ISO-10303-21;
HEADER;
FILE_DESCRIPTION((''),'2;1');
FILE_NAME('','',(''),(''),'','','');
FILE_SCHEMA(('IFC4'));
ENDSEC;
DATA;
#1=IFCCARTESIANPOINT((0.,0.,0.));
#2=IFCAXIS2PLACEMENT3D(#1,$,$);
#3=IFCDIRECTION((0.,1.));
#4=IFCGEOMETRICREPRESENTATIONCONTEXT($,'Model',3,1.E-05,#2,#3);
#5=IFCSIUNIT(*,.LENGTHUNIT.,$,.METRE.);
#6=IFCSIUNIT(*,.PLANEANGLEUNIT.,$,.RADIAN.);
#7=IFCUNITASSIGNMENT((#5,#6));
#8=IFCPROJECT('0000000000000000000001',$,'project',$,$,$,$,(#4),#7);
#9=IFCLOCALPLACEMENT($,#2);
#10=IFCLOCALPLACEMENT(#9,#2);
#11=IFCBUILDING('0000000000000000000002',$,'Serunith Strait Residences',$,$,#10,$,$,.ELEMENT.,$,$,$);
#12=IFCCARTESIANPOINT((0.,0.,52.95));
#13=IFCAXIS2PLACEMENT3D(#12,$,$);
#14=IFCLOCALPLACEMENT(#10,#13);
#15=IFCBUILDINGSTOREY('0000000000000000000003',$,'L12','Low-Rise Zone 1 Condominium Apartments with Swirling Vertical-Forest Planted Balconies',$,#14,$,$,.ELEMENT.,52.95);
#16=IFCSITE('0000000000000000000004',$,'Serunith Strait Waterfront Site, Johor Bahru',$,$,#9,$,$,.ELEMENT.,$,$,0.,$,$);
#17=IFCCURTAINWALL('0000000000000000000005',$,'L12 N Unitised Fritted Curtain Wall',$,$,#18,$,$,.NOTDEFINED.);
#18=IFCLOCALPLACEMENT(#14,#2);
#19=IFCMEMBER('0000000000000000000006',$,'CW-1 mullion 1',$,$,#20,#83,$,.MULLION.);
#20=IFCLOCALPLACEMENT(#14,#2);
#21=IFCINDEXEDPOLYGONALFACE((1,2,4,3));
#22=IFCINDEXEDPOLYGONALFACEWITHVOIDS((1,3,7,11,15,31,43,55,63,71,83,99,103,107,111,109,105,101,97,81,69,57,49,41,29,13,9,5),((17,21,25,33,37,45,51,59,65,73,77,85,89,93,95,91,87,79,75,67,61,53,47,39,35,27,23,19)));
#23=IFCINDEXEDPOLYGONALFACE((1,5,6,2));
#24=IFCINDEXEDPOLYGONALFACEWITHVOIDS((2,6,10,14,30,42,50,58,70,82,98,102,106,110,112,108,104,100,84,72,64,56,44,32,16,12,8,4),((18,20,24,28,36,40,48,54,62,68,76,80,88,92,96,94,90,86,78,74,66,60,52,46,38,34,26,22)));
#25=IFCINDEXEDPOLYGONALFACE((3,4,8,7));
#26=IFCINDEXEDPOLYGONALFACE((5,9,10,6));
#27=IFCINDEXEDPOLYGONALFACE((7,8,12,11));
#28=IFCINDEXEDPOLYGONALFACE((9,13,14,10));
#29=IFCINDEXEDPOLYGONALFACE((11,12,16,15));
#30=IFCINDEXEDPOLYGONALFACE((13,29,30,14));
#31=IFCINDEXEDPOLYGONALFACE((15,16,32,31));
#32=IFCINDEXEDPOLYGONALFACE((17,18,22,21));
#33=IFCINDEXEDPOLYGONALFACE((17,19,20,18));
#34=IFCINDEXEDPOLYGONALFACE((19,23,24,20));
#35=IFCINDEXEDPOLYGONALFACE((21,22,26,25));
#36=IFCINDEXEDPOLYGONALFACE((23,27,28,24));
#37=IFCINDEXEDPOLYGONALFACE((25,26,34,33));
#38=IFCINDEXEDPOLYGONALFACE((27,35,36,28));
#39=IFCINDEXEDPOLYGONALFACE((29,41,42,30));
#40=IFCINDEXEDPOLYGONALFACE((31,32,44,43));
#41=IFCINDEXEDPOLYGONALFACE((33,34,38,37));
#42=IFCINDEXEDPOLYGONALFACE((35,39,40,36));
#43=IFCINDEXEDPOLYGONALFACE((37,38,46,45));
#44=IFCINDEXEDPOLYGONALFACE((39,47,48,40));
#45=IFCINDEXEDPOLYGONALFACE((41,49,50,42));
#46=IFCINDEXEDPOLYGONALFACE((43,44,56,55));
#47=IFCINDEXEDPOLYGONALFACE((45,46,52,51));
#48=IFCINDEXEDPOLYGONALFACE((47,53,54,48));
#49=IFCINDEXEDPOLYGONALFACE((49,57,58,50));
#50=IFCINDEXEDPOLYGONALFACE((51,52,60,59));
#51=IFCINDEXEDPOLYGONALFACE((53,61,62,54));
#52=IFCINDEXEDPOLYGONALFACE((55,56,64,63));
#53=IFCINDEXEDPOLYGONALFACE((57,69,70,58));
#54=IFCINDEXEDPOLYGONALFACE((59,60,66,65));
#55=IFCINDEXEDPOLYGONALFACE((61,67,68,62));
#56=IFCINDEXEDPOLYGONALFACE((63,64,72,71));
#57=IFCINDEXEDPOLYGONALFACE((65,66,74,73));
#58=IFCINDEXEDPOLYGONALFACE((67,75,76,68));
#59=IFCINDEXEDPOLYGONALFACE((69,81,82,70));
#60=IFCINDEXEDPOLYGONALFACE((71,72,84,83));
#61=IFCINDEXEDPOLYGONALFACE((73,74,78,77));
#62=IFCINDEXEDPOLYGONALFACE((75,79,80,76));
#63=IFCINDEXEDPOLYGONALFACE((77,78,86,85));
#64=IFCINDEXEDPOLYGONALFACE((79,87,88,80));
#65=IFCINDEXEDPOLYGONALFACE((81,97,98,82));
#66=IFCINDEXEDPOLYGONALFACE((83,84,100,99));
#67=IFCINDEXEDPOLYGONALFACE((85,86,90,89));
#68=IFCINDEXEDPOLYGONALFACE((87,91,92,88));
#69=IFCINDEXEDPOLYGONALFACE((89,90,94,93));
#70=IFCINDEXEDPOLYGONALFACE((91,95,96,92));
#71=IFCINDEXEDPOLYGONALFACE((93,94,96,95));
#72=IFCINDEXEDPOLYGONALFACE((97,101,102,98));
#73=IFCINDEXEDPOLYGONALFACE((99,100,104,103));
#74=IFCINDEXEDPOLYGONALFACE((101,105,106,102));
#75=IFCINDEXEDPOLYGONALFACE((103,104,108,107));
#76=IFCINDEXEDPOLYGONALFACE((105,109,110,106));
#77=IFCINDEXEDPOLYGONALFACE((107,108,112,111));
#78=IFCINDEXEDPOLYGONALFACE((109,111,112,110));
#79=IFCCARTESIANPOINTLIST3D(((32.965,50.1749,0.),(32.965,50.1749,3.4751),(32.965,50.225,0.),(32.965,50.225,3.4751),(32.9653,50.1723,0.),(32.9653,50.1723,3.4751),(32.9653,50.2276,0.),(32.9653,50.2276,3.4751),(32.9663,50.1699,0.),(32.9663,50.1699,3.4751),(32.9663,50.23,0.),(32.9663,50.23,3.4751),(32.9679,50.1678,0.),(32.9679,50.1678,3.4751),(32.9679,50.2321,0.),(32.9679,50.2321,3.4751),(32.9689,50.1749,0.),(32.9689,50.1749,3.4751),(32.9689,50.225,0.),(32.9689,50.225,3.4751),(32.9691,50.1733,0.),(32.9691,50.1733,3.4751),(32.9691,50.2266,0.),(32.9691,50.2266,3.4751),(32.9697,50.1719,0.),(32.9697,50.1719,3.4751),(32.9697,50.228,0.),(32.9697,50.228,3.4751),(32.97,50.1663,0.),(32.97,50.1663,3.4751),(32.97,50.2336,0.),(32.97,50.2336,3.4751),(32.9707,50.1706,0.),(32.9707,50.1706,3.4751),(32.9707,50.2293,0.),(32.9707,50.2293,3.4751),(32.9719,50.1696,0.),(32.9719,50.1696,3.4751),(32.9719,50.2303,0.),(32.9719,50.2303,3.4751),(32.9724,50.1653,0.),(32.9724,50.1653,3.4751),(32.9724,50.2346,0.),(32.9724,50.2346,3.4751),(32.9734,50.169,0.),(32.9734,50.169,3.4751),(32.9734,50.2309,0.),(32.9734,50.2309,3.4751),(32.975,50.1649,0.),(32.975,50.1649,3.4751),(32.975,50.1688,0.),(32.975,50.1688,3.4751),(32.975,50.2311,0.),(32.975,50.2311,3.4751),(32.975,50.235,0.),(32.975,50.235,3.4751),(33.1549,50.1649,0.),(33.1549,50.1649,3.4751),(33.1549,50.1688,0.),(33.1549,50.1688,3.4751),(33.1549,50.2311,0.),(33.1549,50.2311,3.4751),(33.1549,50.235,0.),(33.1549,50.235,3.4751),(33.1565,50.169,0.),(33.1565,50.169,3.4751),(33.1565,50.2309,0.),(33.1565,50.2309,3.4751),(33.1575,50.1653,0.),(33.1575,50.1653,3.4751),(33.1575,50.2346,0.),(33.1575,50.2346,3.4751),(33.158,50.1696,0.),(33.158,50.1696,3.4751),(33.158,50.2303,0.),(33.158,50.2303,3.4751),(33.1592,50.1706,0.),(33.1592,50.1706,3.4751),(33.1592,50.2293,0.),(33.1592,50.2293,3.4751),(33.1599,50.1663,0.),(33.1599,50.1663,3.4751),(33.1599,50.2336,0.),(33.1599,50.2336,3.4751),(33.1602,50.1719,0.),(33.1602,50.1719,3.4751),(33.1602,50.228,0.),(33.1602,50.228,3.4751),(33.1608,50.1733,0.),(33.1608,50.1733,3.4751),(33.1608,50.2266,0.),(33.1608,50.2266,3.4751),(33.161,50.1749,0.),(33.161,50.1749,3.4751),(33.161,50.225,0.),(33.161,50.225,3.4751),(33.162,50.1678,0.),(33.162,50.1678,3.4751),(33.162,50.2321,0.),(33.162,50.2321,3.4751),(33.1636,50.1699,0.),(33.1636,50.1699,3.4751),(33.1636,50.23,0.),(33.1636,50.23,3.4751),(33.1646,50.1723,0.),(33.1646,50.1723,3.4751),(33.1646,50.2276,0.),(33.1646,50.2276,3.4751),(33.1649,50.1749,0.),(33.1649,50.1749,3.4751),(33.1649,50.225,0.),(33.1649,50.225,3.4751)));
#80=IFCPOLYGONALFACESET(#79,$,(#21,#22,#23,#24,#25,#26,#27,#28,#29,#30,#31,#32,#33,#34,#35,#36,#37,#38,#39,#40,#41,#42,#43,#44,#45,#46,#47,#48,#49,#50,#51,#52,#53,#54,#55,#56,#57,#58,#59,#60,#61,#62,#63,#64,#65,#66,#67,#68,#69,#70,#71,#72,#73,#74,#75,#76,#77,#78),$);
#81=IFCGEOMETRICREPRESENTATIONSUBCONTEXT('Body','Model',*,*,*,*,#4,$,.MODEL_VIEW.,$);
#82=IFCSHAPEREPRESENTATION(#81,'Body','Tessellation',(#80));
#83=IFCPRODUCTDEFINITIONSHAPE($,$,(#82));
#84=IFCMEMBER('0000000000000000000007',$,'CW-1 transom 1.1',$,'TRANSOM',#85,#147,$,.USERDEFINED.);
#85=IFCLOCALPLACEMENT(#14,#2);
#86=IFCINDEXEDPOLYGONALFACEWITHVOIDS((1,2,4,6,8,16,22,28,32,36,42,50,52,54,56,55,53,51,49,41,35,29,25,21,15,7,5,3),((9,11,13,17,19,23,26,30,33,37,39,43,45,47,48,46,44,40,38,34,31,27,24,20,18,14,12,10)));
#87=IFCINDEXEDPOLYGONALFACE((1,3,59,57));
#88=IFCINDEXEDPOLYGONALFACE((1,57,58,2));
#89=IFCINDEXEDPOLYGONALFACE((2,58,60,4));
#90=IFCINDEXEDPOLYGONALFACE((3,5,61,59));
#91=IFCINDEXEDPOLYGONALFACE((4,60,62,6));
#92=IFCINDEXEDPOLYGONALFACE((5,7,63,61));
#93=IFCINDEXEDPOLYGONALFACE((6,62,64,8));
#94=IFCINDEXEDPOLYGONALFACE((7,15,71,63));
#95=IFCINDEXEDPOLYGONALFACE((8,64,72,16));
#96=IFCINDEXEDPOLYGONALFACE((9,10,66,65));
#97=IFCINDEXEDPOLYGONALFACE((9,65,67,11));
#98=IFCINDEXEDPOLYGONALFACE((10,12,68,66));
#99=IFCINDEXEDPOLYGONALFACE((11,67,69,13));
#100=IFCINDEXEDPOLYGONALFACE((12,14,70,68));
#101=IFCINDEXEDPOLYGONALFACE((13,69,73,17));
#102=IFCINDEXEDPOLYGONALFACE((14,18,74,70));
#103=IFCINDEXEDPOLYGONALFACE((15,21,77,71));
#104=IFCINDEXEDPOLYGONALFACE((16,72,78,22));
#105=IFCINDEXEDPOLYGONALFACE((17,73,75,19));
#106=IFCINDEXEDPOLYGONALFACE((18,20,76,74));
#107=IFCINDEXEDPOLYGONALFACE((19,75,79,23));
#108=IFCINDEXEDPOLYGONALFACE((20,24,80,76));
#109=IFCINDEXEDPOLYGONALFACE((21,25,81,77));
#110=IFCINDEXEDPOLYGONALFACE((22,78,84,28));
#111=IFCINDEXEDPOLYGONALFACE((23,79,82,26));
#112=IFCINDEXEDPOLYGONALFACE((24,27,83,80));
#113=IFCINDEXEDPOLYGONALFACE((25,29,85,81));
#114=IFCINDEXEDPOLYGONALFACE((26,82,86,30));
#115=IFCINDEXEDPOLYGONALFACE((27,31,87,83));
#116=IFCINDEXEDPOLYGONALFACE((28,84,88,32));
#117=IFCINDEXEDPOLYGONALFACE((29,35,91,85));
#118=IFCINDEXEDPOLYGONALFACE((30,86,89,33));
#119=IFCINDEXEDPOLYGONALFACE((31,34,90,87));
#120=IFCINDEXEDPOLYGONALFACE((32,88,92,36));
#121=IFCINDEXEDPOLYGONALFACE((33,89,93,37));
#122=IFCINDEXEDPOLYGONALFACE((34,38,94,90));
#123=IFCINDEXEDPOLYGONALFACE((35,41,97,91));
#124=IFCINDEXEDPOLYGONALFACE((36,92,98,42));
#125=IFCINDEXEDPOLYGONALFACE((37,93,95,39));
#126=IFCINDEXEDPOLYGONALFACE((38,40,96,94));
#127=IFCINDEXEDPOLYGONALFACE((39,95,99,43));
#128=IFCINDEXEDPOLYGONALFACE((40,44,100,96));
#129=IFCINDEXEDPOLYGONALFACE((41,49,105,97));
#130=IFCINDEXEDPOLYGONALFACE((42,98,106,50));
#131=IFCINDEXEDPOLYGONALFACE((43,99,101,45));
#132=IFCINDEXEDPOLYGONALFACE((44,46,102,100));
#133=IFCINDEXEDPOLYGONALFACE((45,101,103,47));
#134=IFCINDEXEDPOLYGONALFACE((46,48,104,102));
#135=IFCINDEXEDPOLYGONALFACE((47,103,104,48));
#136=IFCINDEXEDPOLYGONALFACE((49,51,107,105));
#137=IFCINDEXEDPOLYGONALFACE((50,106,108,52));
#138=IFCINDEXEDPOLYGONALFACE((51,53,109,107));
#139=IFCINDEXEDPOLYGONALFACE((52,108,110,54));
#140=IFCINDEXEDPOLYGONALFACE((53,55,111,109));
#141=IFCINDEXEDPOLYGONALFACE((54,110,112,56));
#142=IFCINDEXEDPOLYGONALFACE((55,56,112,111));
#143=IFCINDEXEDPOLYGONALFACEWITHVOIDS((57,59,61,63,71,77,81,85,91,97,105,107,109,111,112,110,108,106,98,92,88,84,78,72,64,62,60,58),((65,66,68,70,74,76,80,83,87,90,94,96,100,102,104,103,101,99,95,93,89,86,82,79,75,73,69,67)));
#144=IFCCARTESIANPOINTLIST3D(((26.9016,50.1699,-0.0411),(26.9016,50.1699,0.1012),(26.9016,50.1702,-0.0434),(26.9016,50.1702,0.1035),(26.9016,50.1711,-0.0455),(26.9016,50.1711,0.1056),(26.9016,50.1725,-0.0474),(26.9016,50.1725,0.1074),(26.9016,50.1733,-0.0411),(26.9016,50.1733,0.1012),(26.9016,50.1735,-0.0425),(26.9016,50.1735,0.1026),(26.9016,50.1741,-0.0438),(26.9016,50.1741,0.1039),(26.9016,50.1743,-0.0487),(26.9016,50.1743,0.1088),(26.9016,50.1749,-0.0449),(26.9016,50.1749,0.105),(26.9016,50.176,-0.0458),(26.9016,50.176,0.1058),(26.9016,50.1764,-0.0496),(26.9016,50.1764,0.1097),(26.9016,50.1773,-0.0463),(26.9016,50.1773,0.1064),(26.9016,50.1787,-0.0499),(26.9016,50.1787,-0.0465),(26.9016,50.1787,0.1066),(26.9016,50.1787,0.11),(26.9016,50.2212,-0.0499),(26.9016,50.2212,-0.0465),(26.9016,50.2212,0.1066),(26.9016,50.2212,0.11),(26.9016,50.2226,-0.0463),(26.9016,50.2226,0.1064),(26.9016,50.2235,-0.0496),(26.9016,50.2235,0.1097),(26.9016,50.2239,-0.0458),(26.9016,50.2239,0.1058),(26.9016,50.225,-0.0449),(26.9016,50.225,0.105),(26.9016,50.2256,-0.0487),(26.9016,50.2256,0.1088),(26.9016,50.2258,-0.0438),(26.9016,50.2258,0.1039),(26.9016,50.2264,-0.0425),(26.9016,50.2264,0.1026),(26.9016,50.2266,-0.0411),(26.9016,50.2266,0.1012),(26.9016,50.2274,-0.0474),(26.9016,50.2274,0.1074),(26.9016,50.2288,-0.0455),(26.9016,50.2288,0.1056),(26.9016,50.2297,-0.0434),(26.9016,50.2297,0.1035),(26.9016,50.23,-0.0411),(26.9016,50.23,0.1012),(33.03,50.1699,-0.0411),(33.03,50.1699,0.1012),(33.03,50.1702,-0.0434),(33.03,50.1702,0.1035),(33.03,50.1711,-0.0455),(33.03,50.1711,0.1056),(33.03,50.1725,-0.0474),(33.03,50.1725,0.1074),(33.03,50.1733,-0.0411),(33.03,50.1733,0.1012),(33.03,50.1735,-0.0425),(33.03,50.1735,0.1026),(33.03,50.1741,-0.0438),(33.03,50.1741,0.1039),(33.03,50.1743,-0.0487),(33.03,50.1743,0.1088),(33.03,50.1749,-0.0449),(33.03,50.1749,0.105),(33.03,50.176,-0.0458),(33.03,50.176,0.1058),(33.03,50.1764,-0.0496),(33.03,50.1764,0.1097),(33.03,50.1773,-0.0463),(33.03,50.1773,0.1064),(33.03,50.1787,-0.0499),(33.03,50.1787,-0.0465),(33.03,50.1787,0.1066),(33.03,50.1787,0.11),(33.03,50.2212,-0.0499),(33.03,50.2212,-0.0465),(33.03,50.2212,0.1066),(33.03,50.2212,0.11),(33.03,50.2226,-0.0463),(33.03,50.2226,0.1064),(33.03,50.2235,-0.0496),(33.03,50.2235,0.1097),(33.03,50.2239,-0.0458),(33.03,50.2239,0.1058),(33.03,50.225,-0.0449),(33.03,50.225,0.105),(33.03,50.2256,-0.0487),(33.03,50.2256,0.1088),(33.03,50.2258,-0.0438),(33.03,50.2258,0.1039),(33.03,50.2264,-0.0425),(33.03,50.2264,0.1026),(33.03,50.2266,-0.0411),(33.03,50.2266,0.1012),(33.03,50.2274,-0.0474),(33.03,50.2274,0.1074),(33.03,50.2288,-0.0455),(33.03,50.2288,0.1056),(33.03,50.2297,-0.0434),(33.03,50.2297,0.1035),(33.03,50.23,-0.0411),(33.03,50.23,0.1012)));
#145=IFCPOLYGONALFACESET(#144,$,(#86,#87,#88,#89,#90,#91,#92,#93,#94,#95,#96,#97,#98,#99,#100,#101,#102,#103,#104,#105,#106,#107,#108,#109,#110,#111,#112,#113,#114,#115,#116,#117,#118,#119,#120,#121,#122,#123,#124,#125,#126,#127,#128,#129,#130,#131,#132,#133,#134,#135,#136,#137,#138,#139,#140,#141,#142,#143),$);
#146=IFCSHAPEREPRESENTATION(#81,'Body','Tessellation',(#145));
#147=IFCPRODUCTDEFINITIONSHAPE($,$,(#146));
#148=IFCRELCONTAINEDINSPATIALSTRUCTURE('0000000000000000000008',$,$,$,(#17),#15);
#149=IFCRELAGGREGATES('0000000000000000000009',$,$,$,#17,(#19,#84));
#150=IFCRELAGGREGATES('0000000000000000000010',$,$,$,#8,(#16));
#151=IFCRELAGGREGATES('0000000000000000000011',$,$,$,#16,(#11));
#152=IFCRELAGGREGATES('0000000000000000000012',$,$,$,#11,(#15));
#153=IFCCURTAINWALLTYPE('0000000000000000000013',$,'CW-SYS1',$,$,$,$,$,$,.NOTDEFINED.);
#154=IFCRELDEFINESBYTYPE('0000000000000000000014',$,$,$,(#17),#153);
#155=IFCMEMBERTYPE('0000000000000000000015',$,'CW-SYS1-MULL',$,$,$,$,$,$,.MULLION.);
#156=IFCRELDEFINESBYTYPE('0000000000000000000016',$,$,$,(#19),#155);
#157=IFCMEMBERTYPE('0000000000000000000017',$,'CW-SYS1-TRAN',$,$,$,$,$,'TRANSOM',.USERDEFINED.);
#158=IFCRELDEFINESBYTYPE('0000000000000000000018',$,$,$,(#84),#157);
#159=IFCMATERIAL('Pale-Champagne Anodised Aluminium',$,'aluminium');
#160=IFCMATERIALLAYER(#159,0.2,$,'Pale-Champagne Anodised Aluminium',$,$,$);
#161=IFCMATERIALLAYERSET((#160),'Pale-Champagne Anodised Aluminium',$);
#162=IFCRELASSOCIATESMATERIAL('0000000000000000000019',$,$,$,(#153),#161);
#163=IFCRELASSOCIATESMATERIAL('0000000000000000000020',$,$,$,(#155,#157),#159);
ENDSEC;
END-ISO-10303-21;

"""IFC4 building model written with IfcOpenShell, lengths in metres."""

from ifc_helpers import new_model, si_unit, direction, frame, origin, origin_2d, place, context, subcontext, project, spatial, hollow_rectangle, extrude, source, transform, mapped, material, layer, layer_set, material_profile, profile_set, type_object, element, aggregate, save


model = new_model("IFC4")

# Units and contexts
model_context = context("Model", 3, precision=1e-05, world=origin(), true_north=direction((0.0, 1.0)))
body_context = subcontext(model_context, "Body", "Model", "MODEL_VIEW")
ifc_project = project(units=[si_unit("LENGTHUNIT", "METRE"), si_unit("PLANEANGLEUNIT", "RADIAN")], contexts=[model_context])

# Site, building, storey
site_placement = place(None, origin())
site = spatial("IfcSite", under=ifc_project, at=site_placement, Name="Serunith Strait Waterfront Site, Johor Bahru", CompositionType="ELEMENT", RefElevation=0.0)
building_placement = place(site_placement, origin())
building = spatial("IfcBuilding", under=site, at=building_placement, Name="Serunith Strait Residences", CompositionType="ELEMENT")
storey_placement = place(building_placement, frame((0.0, 0.0, 52.95)))
storey = spatial("IfcBuildingStorey", under=building, at=storey_placement, Name="L12", Description="Low-Rise Zone 1 Condominium Apartments with Swirling Vertical-Forest Planted Balconies", CompositionType="ELEMENT", Elevation=52.95)

# Curtain wall, members
ifc_material_1 = material(Name="Pale-Champagne Anodised Aluminium", Category="aluminium")
ifc_layer_1 = layer(ifc_material_1, 0.2, Name="Pale-Champagne Anodised Aluminium")
ifc_layer_set_1 = layer_set([ifc_layer_1], Name="Pale-Champagne Anodised Aluminium")
curtain_wall_type = type_object("IfcCurtainWallType", Name="CW-SYS1", PredefinedType="NOTDEFINED", material=ifc_layer_set_1)
ifc_material_profile_1 = material_profile(ifc_material_1, hollow_rectangle(XDim=0.0701, YDim=0.2, WallThickness=0.0039, InnerFilletRadius=0.0061, OuterFilletRadius=0.01, at=origin_2d()), Name="ALU 200x70x4")
ifc_profile_set_1 = profile_set([ifc_material_profile_1], Name="Pale-Champagne Anodised Aluminium")
member_type_1 = type_object("IfcMemberType", Name="CW-SYS1-MULL", PredefinedType="MULLION", material=ifc_profile_set_1)
shared_shape_1 = source(origin(), body_context, "Body", "SweptSolid", [
    extrude(hollow_rectangle(XDim=0.0701, YDim=0.2, WallThickness=0.0039, InnerFilletRadius=0.0061, OuterFilletRadius=0.01, at=origin_2d()), origin(), (0.0, 0.0, 1.0), 3.4751),
])
curtain_wall_1_placement = place(storey_placement, origin())
curtain_wall_1 = element("IfcCurtainWall", 1, at=curtain_wall_1_placement, inside=storey, type_object=curtain_wall_type, Name="L12 N Unitised Fritted Curtain Wall", PredefinedType="NOTDEFINED")
member_1_placement = place(storey_placement, frame((33.0649, 50.2, 0.0), z_axis=(0.0, 0.0, 1.0), x_axis=(0.0, -1.0, 0.0)))
member_1 = element("IfcMember", 2, at=member_1_placement, type_object=member_type_1, Name="CW-1 mullion 1", PredefinedType="MULLION", context=body_context, shape_type="MappedRepresentation", body=[
    mapped(shared_shape_1, transform((0.0, 0.0, 0.0), scale=1.0)),
])
ifc_material_profile_2 = material_profile(ifc_material_1, hollow_rectangle(XDim=0.0601, YDim=0.1599, WallThickness=0.0034, InnerFilletRadius=0.0054, OuterFilletRadius=0.0088, at=origin_2d()), Name="ALU 160x60x3.5")
ifc_profile_set_2 = profile_set([ifc_material_profile_2], Name="Pale-Champagne Anodised Aluminium")
member_type_2 = type_object("IfcMemberType", Name="CW-SYS1-TRAN", ElementType="TRANSOM", PredefinedType="USERDEFINED", material=ifc_profile_set_2)
shared_shape_2 = source(origin(), body_context, "Body", "SweptSolid", [
    extrude(hollow_rectangle(XDim=0.0601, YDim=0.1599, WallThickness=0.0034, InnerFilletRadius=0.0054, OuterFilletRadius=0.0088, at=origin_2d()), origin(), (0.0, 0.0, 1.0), 6.1284),
])
member_2_placement = place(storey_placement, frame((33.03, 50.2, 0.03), z_axis=(-1.0, 0.0, 0.0), x_axis=(0.0, -1.0, 0.0)))
member_2 = element("IfcMember", 3, at=member_2_placement, type_object=member_type_2, Name="CW-1 transom 1.1", ObjectType="TRANSOM", PredefinedType="USERDEFINED", context=body_context, shape_type="MappedRepresentation", body=[
    mapped(shared_shape_2, transform((0.0, 0.0, 0.0), scale=1.0)),
])
aggregate(curtain_wall_1, [member_1, member_2])

save(model, "model.ifc")
